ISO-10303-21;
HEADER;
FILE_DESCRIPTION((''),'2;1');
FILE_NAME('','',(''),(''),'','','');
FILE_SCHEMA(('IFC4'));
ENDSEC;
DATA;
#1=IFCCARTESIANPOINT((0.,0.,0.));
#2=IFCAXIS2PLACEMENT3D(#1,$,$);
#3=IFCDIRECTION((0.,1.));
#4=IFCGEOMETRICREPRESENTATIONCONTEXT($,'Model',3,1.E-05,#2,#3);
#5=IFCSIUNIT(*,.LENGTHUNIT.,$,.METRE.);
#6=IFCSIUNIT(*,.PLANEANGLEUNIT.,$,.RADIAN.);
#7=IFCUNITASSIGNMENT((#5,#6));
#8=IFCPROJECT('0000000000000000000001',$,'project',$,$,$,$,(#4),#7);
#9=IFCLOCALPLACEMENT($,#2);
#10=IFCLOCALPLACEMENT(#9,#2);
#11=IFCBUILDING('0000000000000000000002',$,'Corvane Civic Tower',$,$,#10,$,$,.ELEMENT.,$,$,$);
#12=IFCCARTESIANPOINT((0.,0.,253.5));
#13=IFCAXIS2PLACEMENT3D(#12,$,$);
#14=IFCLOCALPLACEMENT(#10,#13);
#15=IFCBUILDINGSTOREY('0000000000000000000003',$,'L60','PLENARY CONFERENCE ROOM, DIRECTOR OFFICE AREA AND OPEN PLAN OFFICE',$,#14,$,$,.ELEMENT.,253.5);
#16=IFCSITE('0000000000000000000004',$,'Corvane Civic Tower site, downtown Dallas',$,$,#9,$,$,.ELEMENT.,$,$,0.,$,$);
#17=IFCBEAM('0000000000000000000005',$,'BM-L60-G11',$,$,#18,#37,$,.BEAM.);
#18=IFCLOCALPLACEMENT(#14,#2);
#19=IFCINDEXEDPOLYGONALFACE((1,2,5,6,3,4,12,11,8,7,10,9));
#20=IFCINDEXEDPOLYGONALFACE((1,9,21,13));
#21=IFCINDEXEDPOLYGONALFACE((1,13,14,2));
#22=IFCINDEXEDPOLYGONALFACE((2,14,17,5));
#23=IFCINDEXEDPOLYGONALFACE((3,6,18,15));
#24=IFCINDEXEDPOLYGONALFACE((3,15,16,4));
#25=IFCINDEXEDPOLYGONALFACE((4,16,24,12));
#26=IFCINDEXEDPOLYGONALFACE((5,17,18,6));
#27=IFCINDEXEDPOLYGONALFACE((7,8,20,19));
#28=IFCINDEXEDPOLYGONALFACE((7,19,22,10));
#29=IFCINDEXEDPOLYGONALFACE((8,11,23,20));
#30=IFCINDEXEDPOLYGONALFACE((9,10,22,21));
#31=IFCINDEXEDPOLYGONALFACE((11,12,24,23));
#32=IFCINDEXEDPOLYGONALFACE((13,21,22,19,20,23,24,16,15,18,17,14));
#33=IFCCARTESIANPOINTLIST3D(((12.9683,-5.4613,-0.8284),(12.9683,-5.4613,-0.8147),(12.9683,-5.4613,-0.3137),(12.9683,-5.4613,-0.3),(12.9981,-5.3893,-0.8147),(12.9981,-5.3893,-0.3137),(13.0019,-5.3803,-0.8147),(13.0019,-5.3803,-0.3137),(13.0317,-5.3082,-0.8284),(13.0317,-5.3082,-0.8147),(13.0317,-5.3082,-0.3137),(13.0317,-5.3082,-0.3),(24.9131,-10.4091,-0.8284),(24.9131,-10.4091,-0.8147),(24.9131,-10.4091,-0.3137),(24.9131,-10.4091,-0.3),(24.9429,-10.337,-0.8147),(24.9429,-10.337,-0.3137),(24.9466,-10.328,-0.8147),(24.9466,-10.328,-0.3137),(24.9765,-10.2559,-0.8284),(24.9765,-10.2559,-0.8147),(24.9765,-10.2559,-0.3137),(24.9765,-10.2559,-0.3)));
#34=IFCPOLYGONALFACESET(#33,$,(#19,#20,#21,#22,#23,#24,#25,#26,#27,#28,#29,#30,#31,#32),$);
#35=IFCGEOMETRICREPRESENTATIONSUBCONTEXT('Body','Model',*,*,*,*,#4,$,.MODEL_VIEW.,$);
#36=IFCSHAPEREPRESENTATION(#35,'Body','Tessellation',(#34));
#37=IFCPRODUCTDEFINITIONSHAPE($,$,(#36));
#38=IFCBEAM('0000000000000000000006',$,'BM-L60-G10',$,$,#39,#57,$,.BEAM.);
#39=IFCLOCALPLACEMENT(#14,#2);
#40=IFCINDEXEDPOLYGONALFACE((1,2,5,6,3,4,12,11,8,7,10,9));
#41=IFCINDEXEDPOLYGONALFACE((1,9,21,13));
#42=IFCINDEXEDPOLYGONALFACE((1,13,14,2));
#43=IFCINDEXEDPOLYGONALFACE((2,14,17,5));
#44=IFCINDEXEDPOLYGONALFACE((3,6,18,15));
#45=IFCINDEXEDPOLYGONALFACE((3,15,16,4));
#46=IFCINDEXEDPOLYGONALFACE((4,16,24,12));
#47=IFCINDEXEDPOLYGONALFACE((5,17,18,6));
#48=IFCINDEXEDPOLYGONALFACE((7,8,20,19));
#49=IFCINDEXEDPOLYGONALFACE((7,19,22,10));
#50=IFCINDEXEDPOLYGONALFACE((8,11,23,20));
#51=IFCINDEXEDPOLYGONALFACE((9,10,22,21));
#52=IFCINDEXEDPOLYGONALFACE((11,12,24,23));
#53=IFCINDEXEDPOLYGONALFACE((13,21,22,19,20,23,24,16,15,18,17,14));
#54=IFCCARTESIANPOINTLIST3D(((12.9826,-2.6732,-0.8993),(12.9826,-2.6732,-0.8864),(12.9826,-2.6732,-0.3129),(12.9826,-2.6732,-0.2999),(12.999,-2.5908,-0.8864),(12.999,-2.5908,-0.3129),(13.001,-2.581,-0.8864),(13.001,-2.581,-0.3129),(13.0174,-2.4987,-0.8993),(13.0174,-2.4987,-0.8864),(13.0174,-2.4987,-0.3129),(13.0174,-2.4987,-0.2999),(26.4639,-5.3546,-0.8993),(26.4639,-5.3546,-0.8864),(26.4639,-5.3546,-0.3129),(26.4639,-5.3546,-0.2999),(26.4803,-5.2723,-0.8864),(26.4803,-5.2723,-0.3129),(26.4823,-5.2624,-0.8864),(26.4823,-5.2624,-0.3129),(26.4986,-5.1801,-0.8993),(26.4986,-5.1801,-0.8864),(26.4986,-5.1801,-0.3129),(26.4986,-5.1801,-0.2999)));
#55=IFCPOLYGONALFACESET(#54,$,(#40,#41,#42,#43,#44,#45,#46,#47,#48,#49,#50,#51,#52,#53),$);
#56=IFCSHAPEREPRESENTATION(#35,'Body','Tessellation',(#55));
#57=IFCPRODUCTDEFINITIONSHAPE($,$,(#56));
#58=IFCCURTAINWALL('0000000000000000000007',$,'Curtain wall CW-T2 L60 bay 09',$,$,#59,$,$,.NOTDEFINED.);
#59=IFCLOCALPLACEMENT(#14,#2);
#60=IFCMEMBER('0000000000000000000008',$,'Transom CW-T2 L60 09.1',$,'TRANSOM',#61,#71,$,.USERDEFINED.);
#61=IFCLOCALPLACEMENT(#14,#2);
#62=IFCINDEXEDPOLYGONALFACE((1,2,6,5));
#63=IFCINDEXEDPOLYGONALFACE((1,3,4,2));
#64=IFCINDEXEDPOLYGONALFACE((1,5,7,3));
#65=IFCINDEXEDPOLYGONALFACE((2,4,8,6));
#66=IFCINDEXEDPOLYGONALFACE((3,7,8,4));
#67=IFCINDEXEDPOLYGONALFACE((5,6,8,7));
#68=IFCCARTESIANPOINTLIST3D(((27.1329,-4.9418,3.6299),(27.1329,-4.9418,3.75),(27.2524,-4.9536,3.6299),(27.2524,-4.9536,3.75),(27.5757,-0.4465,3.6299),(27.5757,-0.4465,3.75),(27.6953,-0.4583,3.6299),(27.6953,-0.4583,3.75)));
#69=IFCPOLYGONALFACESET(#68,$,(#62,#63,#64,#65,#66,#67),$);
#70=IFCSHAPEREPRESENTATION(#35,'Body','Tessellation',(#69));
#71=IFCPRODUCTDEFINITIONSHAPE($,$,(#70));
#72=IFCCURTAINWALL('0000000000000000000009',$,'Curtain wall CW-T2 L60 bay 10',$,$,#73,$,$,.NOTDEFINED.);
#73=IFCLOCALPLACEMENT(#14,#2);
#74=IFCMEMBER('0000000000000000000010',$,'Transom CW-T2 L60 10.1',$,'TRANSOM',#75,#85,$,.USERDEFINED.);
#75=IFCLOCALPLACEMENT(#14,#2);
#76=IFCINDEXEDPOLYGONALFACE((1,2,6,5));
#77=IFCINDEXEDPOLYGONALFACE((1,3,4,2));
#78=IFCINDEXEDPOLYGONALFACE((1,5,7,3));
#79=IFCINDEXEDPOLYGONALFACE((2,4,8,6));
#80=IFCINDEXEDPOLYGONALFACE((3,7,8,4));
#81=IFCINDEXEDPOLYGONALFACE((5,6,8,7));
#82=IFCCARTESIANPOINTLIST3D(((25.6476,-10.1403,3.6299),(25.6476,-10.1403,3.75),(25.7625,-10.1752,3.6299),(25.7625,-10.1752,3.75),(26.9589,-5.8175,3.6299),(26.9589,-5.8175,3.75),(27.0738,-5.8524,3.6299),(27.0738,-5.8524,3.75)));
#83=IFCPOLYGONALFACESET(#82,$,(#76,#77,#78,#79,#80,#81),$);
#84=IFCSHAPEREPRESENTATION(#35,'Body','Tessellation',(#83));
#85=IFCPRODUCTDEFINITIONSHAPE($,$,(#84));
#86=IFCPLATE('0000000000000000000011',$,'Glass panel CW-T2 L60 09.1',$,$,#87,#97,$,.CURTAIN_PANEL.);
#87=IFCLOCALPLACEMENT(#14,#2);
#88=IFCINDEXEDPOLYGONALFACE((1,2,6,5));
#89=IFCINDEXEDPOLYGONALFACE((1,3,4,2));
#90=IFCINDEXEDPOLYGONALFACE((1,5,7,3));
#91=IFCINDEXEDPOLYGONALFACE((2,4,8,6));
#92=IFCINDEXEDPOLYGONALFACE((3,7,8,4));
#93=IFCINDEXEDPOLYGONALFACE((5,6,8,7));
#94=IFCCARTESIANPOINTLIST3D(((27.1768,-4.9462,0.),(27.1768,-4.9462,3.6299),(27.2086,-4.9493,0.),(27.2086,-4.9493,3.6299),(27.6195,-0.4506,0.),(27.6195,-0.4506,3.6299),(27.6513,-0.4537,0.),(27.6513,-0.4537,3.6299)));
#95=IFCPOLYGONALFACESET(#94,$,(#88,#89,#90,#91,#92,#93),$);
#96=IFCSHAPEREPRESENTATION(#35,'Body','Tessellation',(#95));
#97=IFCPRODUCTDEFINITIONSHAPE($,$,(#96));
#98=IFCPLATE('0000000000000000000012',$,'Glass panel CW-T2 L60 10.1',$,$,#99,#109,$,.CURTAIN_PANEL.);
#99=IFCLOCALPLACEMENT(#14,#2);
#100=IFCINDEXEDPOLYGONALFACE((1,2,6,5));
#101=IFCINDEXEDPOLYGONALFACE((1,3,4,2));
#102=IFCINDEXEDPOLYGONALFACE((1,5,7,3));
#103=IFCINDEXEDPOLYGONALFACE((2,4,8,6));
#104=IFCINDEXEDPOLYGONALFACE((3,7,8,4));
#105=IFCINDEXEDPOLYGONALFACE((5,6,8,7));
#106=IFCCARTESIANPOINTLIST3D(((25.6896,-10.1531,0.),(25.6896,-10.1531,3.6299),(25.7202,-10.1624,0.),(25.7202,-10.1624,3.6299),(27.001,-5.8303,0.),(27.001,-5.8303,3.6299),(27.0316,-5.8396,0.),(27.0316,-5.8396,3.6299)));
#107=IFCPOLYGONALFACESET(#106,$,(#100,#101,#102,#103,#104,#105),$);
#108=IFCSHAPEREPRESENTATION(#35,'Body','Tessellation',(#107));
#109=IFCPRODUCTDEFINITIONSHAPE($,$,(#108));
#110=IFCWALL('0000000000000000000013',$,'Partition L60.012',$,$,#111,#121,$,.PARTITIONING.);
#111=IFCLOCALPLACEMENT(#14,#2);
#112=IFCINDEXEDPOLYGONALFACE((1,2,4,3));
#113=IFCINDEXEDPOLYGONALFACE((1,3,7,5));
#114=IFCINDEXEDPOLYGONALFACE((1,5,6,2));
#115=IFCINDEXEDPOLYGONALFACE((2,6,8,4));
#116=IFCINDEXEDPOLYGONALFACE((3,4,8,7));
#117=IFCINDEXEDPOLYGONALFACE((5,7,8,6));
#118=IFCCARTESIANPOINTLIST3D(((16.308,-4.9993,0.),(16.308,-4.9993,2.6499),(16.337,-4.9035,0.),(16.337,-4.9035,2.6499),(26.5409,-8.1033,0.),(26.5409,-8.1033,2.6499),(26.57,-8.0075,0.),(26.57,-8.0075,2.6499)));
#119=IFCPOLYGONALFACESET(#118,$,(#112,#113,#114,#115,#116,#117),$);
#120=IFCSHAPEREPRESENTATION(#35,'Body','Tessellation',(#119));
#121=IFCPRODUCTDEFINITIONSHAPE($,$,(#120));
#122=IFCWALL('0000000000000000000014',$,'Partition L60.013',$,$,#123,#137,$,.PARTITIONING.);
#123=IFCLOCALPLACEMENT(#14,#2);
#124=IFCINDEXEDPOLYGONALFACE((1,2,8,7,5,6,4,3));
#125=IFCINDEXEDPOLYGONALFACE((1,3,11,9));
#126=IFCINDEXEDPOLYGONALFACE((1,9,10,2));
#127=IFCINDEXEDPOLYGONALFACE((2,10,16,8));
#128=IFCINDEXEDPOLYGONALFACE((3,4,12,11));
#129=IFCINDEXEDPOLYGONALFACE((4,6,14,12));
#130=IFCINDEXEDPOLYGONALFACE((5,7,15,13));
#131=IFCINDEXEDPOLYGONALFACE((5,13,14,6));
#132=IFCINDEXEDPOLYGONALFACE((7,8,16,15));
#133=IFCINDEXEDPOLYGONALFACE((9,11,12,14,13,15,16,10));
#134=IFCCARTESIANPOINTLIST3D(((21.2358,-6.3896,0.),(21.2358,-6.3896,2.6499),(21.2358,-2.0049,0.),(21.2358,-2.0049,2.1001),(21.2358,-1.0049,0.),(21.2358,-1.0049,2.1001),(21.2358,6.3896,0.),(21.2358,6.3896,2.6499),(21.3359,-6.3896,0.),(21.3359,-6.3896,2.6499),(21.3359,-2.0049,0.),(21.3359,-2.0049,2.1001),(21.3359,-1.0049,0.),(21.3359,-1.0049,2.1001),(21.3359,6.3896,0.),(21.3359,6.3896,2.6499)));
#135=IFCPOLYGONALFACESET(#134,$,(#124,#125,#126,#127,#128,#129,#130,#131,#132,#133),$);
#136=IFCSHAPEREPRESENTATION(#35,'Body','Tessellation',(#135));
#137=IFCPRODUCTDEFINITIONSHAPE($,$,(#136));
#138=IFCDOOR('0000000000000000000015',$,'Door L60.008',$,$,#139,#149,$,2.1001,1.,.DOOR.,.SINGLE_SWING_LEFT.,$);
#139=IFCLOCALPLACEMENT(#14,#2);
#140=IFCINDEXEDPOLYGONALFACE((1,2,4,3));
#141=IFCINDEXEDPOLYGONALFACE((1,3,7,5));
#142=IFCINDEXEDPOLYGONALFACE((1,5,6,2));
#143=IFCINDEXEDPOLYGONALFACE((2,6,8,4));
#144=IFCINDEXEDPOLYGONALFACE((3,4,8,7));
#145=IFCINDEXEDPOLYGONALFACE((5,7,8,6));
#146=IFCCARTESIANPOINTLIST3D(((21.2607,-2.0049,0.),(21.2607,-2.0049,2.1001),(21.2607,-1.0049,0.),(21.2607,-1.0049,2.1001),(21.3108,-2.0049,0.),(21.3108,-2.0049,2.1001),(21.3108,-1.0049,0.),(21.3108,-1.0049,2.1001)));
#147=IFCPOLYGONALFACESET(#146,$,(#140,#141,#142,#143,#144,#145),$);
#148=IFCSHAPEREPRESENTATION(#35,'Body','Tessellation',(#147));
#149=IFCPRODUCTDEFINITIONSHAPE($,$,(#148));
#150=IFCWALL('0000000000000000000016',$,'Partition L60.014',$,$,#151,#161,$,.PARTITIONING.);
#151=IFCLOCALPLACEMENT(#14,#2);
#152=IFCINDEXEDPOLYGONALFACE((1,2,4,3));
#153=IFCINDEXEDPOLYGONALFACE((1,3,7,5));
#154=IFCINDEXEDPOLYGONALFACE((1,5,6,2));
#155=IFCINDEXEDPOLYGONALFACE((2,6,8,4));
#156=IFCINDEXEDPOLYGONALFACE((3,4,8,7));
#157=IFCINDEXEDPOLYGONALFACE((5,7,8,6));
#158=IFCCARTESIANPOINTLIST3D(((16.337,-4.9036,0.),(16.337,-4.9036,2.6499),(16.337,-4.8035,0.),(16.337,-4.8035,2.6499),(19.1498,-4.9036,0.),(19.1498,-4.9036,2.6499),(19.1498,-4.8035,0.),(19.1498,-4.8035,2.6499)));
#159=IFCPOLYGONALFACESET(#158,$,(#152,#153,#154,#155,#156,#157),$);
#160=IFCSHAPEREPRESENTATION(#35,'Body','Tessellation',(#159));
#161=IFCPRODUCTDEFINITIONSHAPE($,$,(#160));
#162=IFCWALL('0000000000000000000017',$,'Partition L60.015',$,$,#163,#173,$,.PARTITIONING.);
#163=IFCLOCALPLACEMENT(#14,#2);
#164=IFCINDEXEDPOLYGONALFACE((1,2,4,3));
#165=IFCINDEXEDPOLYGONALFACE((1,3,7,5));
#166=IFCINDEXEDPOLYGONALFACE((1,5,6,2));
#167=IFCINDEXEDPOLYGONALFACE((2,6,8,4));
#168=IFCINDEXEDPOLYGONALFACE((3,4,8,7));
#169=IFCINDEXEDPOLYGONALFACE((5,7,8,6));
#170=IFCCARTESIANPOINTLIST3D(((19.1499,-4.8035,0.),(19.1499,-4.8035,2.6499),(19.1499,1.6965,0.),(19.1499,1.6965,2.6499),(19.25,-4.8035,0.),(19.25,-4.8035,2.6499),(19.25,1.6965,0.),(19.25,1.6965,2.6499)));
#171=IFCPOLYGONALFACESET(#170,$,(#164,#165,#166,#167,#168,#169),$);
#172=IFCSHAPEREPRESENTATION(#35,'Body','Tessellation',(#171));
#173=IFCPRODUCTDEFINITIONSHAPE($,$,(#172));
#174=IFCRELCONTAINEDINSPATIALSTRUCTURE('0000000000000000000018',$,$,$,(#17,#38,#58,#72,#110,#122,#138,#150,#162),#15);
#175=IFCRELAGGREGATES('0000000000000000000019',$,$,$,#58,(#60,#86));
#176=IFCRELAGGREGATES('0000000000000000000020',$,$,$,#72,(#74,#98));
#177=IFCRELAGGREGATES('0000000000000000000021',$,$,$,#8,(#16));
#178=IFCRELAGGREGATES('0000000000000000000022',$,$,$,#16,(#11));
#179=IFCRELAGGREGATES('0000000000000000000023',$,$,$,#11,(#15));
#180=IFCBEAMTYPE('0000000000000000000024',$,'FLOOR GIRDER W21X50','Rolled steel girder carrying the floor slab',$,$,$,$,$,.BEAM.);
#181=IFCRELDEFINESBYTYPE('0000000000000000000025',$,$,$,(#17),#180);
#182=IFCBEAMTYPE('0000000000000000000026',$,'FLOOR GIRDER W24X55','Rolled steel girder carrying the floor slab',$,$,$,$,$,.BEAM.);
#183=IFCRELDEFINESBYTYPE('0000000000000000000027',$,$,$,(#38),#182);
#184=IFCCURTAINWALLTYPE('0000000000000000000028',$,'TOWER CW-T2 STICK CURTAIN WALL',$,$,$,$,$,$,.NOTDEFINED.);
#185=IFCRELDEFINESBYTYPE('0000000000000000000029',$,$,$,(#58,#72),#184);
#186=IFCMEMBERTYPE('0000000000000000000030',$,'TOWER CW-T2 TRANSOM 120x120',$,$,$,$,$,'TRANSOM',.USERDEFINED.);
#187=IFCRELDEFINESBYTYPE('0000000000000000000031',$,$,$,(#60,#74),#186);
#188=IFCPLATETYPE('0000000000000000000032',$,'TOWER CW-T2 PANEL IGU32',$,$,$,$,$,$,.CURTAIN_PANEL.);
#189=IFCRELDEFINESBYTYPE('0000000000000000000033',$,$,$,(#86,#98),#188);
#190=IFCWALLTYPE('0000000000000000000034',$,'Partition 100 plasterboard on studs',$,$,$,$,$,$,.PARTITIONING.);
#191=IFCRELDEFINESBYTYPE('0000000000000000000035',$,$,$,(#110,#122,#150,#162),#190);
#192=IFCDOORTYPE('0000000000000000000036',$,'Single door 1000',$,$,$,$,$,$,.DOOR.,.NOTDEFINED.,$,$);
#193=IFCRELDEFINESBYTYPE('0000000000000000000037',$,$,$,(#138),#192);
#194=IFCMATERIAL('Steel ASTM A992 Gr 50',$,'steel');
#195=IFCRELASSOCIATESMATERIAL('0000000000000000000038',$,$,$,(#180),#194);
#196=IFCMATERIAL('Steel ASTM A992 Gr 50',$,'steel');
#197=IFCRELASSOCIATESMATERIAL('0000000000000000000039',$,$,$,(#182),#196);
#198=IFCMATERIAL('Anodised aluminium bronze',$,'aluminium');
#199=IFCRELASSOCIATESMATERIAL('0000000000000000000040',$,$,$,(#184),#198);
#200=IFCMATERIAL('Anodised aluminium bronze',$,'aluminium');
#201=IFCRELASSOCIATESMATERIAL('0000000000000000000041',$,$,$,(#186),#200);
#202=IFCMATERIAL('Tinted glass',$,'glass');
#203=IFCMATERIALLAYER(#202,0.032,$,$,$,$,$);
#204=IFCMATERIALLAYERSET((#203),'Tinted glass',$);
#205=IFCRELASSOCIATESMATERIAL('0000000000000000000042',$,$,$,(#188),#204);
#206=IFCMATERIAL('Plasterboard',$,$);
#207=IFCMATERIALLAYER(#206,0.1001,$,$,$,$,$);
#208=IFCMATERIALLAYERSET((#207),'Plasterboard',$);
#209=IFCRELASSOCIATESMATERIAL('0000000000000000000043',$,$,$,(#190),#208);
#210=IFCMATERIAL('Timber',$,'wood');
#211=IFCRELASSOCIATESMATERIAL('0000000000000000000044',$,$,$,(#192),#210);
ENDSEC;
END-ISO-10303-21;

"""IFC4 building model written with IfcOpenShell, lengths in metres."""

from ifc_helpers import new_model, si_unit, direction, frame, frame_2d, origin, origin_2d, place, context, subcontext, project, spatial, rectangle, i_section, extrude, material, layer, layer_set, material_profile, profile_set, type_object, element, fill, aggregate, save


model = new_model("IFC4")

# Units and contexts
model_context = context("Model", 3, precision=1e-05, world=origin(), true_north=direction((0.0, 1.0)))
body_context = subcontext(model_context, "Body", "Model", "MODEL_VIEW")
ifc_project = project(units=[si_unit("LENGTHUNIT", "METRE"), si_unit("PLANEANGLEUNIT", "RADIAN")], contexts=[model_context])

# Site, building, storey
site_placement = place(None, origin())
site = spatial("IfcSite", under=ifc_project, at=site_placement, Name="Corvane Civic Tower site, downtown Dallas", CompositionType="ELEMENT", RefElevation=0.0)
building_placement = place(site_placement, origin())
building = spatial("IfcBuilding", under=site, at=building_placement, Name="Corvane Civic Tower", CompositionType="ELEMENT")
storey_placement = place(building_placement, frame((0.0, 0.0, 253.5)))
storey = spatial("IfcBuildingStorey", under=building, at=storey_placement, Name="L60", Description="PLENARY CONFERENCE ROOM, DIRECTOR OFFICE AREA AND OPEN PLAN OFFICE", CompositionType="ELEMENT", Elevation=253.5)

# Beams
ifc_material_1 = material(Name="Steel ASTM A992 Gr 50", Category="steel")
ifc_material_profile_1 = material_profile(ifc_material_1, i_section(OverallWidth=0.1658, OverallDepth=0.5283, WebThickness=0.0098, FlangeThickness=0.0137, at=origin_2d()), Name="W21X50")
ifc_profile_set_1 = profile_set([ifc_material_profile_1], Name="Steel ASTM A992 Gr 50")
beam_type_1 = type_object("IfcBeamType", Name="FLOOR GIRDER W21X50", Description="Rolled steel girder carrying the floor slab", PredefinedType="BEAM", material=ifc_profile_set_1)
beam_1_placement = place(storey_placement, frame((13.0, -5.3848, -0.5642), z_axis=(0.923878, -0.382686, 0.0), x_axis=(0.382686, 0.923878, 0.0)))
element("IfcBeam", 1, at=beam_1_placement, inside=storey, type_object=beam_type_1, Name="BM-L60-G11", PredefinedType="BEAM", context=body_context, shape_type="SweptSolid", body=[
    extrude(i_section(OverallWidth=0.1658, OverallDepth=0.5283, WebThickness=0.0098, FlangeThickness=0.0137, at=origin_2d()), origin(), (0.0, 0.0, 1.0), 12.929),
])
ifc_material_2 = material(Name="Steel ASTM A992 Gr 50", Category="steel")
ifc_material_profile_2 = material_profile(ifc_material_2, i_section(OverallWidth=0.178, OverallDepth=0.5994, WebThickness=0.01, FlangeThickness=0.0129, at=origin_2d()), Name="W24X55")
ifc_profile_set_2 = profile_set([ifc_material_profile_2], Name="Steel ASTM A992 Gr 50")
beam_type_2 = type_object("IfcBeamType", Name="FLOOR GIRDER W24X55", Description="Rolled steel girder carrying the floor slab", PredefinedType="BEAM", material=ifc_profile_set_2)
beam_2_placement = place(storey_placement, frame((13.0, -2.5859, -0.5996), z_axis=(0.980788, -0.195078, 0.0), x_axis=(0.195078, 0.980788, 0.0)))
element("IfcBeam", 2, at=beam_2_placement, inside=storey, type_object=beam_type_2, Name="BM-L60-G10", PredefinedType="BEAM", context=body_context, shape_type="SweptSolid", body=[
    extrude(i_section(OverallWidth=0.178, OverallDepth=0.5994, WebThickness=0.01, FlangeThickness=0.0129, at=origin_2d()), origin(), (0.0, 0.0, 1.0), 13.7454),
])

# Curtain walls, members
ifc_material_3 = material(Name="Anodised aluminium bronze", Category="aluminium")
curtain_wall_type = type_object("IfcCurtainWallType", Name="TOWER CW-T2 STICK CURTAIN WALL", PredefinedType="NOTDEFINED", material=ifc_material_3)
curtain_wall_1_placement = place(storey_placement, origin())
curtain_wall_1 = element("IfcCurtainWall", 3, at=curtain_wall_1_placement, inside=storey, type_object=curtain_wall_type, Name="Curtain wall CW-T2 L60 bay 09", PredefinedType="NOTDEFINED")
ifc_material_4 = material(Name="Anodised aluminium bronze", Category="aluminium")
ifc_material_profile_3 = material_profile(ifc_material_4, rectangle(XDim=0.1201, YDim=0.1201, at=origin_2d()), Name="TOWER CW-T2 TRANSOM 120x120")
ifc_profile_set_3 = profile_set([ifc_material_profile_3], Name="Anodised aluminium bronze")
member_type = type_object("IfcMemberType", Name="TOWER CW-T2 TRANSOM 120x120", ElementType="TRANSOM", PredefinedType="USERDEFINED", material=ifc_profile_set_3)
member_1_placement = place(storey_placement, frame((27.6355, -0.4524, 3.6899), z_axis=(-0.098043, -0.995182, 0.0), x_axis=(0.995182, -0.098043, 0.0)))
member_1 = element("IfcMember", 4, at=member_1_placement, type_object=member_type, Name="Transom CW-T2 L60 09.1", ObjectType="TRANSOM", PredefinedType="USERDEFINED", context=body_context, shape_type="SweptSolid", body=[
    extrude(rectangle(XDim=0.1201, YDim=0.1201, at=origin_2d()), origin(), (0.0, 0.0, 1.0), 4.5171),
])
curtain_wall_2_placement = place(storey_placement, origin())
curtain_wall_2 = element("IfcCurtainWall", 5, at=curtain_wall_2_placement, inside=storey, type_object=curtain_wall_type, Name="Curtain wall CW-T2 L60 bay 10", PredefinedType="NOTDEFINED")
member_2_placement = place(storey_placement, frame((27.0164, -5.835, 3.6899), z_axis=(-0.290282, -0.956941, 0.0), x_axis=(0.956941, -0.290282, 0.0)))
member_2 = element("IfcMember", 6, at=member_2_placement, type_object=member_type, Name="Transom CW-T2 L60 10.1", ObjectType="TRANSOM", PredefinedType="USERDEFINED", context=body_context, shape_type="SweptSolid", body=[
    extrude(rectangle(XDim=0.1201, YDim=0.1201, at=origin_2d()), origin(), (0.0, 0.0, 1.0), 4.5173),
])

# Plates
ifc_material_5 = material(Name="Tinted glass", Category="glass")
ifc_layer_1 = layer(ifc_material_5, 0.032)
ifc_layer_set_1 = layer_set([ifc_layer_1], Name="Tinted glass")
plate_type = type_object("IfcPlateType", Name="TOWER CW-T2 PANEL IGU32", PredefinedType="CURTAIN_PANEL", material=ifc_layer_set_1)
plate_1_placement = place(storey_placement, frame((27.4141, -2.7, 0.0), z_axis=(0.0, 0.0, 1.0), x_axis=(-0.097993, -0.995187, 0.0)))
plate_1 = element("IfcPlate", 7, at=plate_1_placement, type_object=plate_type, Name="Glass panel CW-T2 L60 09.1", PredefinedType="CURTAIN_PANEL", context=body_context, shape_type="SweptSolid", body=[
    extrude(rectangle(XDim=4.5173, YDim=0.032, at=origin_2d()), origin(), (0.0, 0.0, 1.0), 3.6299),
])
aggregate(curtain_wall_1, [member_1, plate_1])
plate_2_placement = place(storey_placement, frame((26.3606, -7.9963, 0.0), z_axis=(0.0, 0.0, 1.0), x_axis=(-0.29029, -0.956939, 0.0)))
plate_2 = element("IfcPlate", 8, at=plate_2_placement, type_object=plate_type, Name="Glass panel CW-T2 L60 10.1", PredefinedType="CURTAIN_PANEL", context=body_context, shape_type="SweptSolid", body=[
    extrude(rectangle(XDim=4.5173, YDim=0.032, at=origin_2d()), origin(), (0.0, 0.0, 1.0), 3.6299),
])
aggregate(curtain_wall_2, [member_2, plate_2])

# Wall
ifc_material_6 = material(Name="Plasterboard")
ifc_layer_2 = layer(ifc_material_6, 0.1001)
ifc_layer_set_2 = layer_set([ifc_layer_2], Name="Plasterboard")
wall_type = type_object("IfcWallType", Name="Partition 100 plasterboard on studs", PredefinedType="PARTITIONING", material=ifc_layer_set_2)
wall_1_placement = place(storey_placement, frame((16.3225, -4.9514, 0.0), z_axis=(0.0, 0.0, 1.0), x_axis=(0.956943, -0.290275, 0.0)))
element("IfcWall", 9, at=wall_1_placement, inside=storey, type_object=wall_type, Name="Partition L60.012", PredefinedType="PARTITIONING", context=body_context, shape_type="SweptSolid", body=[
    extrude(rectangle(XDim=10.6934, YDim=0.1001, at=frame_2d((5.3467, 0.0))), origin(), (0.0, 0.0, 1.0), 2.6499),
])

# Wall, opening, door
wall_2_placement = place(storey_placement, frame((21.2859, -6.3896, 0.0), z_axis=(0.0, 0.0, 1.0), x_axis=(0.0, 1.0, 0.0)))
wall_2 = element("IfcWall", 10, at=wall_2_placement, inside=storey, type_object=wall_type, Name="Partition L60.013", PredefinedType="PARTITIONING", context=body_context, shape_type="SweptSolid", body=[
    extrude(rectangle(XDim=12.7793, YDim=0.1001, at=frame_2d((6.3896, 0.0))), origin(), (0.0, 0.0, 1.0), 2.6499),
])
opening_placement = place(wall_2_placement, frame((4.3848, 0.0, 0.0)))
opening = element("IfcOpeningElement", 11, at=opening_placement, cuts=wall_2, PredefinedType="OPENING", context=body_context, shape_type="SweptSolid", body=[
    extrude(rectangle(XDim=1.0, YDim=2.1001, at=frame_2d((0.5, 1.05))), frame((0.0, 0.0601, 0.0), z_axis=(0.0, -1.0, 0.0), x_axis=(1.0, 0.0, 0.0)), (0.0, 0.0, 1.0), 0.1201),
])
ifc_material_7 = material(Name="Timber", Category="wood")
door_type = type_object("IfcDoorType", Name="Single door 1000", OperationType="NOTDEFINED", PredefinedType="DOOR", material=ifc_material_7)
door_placement = place(opening_placement, frame((1.0, 0.0, 0.0), z_axis=(0.0, 0.0, 1.0), x_axis=(-1.0, 0.0, 0.0)))
door = element("IfcDoor", 12, at=door_placement, inside=storey, type_object=door_type, Name="Door L60.008", OperationType="SINGLE_SWING_LEFT", OverallHeight=2.1001, OverallWidth=1.0, PredefinedType="DOOR", context=body_context, shape_type="SweptSolid", body=[
    extrude(rectangle(XDim=1.0, YDim=2.1001, at=frame_2d((0.5, 1.05))), frame((0.0, 0.0249, 0.0), z_axis=(0.0, -1.0, 0.0), x_axis=(1.0, 0.0, 0.0)), (0.0, 0.0, 1.0), 0.05),
])
fill(opening, door)

# Walls
wall_3_placement = place(storey_placement, frame((16.3372, -4.8535, 0.0), z_axis=(0.0, 0.0, 1.0), x_axis=(1.0, 0.0, 0.0)))
element("IfcWall", 13, at=wall_3_placement, inside=storey, type_object=wall_type, Name="Partition L60.014", PredefinedType="PARTITIONING", context=body_context, shape_type="SweptSolid", body=[
    extrude(rectangle(XDim=2.8127, YDim=0.1001, at=frame_2d((1.4062, 0.0))), origin(), (0.0, 0.0, 1.0), 2.6499),
])
wall_4_placement = place(storey_placement, frame((19.2, -4.8035, 0.0), z_axis=(0.0, 0.0, 1.0), x_axis=(0.0, 1.0, 0.0)))
element("IfcWall", 14, at=wall_4_placement, inside=storey, type_object=wall_type, Name="Partition L60.015", PredefinedType="PARTITIONING", context=body_context, shape_type="SweptSolid", body=[
    extrude(rectangle(XDim=6.5, YDim=0.1001, at=frame_2d((3.25, 0.0))), origin(), (0.0, 0.0, 1.0), 2.6499),
])

save(model, "model.ifc")
